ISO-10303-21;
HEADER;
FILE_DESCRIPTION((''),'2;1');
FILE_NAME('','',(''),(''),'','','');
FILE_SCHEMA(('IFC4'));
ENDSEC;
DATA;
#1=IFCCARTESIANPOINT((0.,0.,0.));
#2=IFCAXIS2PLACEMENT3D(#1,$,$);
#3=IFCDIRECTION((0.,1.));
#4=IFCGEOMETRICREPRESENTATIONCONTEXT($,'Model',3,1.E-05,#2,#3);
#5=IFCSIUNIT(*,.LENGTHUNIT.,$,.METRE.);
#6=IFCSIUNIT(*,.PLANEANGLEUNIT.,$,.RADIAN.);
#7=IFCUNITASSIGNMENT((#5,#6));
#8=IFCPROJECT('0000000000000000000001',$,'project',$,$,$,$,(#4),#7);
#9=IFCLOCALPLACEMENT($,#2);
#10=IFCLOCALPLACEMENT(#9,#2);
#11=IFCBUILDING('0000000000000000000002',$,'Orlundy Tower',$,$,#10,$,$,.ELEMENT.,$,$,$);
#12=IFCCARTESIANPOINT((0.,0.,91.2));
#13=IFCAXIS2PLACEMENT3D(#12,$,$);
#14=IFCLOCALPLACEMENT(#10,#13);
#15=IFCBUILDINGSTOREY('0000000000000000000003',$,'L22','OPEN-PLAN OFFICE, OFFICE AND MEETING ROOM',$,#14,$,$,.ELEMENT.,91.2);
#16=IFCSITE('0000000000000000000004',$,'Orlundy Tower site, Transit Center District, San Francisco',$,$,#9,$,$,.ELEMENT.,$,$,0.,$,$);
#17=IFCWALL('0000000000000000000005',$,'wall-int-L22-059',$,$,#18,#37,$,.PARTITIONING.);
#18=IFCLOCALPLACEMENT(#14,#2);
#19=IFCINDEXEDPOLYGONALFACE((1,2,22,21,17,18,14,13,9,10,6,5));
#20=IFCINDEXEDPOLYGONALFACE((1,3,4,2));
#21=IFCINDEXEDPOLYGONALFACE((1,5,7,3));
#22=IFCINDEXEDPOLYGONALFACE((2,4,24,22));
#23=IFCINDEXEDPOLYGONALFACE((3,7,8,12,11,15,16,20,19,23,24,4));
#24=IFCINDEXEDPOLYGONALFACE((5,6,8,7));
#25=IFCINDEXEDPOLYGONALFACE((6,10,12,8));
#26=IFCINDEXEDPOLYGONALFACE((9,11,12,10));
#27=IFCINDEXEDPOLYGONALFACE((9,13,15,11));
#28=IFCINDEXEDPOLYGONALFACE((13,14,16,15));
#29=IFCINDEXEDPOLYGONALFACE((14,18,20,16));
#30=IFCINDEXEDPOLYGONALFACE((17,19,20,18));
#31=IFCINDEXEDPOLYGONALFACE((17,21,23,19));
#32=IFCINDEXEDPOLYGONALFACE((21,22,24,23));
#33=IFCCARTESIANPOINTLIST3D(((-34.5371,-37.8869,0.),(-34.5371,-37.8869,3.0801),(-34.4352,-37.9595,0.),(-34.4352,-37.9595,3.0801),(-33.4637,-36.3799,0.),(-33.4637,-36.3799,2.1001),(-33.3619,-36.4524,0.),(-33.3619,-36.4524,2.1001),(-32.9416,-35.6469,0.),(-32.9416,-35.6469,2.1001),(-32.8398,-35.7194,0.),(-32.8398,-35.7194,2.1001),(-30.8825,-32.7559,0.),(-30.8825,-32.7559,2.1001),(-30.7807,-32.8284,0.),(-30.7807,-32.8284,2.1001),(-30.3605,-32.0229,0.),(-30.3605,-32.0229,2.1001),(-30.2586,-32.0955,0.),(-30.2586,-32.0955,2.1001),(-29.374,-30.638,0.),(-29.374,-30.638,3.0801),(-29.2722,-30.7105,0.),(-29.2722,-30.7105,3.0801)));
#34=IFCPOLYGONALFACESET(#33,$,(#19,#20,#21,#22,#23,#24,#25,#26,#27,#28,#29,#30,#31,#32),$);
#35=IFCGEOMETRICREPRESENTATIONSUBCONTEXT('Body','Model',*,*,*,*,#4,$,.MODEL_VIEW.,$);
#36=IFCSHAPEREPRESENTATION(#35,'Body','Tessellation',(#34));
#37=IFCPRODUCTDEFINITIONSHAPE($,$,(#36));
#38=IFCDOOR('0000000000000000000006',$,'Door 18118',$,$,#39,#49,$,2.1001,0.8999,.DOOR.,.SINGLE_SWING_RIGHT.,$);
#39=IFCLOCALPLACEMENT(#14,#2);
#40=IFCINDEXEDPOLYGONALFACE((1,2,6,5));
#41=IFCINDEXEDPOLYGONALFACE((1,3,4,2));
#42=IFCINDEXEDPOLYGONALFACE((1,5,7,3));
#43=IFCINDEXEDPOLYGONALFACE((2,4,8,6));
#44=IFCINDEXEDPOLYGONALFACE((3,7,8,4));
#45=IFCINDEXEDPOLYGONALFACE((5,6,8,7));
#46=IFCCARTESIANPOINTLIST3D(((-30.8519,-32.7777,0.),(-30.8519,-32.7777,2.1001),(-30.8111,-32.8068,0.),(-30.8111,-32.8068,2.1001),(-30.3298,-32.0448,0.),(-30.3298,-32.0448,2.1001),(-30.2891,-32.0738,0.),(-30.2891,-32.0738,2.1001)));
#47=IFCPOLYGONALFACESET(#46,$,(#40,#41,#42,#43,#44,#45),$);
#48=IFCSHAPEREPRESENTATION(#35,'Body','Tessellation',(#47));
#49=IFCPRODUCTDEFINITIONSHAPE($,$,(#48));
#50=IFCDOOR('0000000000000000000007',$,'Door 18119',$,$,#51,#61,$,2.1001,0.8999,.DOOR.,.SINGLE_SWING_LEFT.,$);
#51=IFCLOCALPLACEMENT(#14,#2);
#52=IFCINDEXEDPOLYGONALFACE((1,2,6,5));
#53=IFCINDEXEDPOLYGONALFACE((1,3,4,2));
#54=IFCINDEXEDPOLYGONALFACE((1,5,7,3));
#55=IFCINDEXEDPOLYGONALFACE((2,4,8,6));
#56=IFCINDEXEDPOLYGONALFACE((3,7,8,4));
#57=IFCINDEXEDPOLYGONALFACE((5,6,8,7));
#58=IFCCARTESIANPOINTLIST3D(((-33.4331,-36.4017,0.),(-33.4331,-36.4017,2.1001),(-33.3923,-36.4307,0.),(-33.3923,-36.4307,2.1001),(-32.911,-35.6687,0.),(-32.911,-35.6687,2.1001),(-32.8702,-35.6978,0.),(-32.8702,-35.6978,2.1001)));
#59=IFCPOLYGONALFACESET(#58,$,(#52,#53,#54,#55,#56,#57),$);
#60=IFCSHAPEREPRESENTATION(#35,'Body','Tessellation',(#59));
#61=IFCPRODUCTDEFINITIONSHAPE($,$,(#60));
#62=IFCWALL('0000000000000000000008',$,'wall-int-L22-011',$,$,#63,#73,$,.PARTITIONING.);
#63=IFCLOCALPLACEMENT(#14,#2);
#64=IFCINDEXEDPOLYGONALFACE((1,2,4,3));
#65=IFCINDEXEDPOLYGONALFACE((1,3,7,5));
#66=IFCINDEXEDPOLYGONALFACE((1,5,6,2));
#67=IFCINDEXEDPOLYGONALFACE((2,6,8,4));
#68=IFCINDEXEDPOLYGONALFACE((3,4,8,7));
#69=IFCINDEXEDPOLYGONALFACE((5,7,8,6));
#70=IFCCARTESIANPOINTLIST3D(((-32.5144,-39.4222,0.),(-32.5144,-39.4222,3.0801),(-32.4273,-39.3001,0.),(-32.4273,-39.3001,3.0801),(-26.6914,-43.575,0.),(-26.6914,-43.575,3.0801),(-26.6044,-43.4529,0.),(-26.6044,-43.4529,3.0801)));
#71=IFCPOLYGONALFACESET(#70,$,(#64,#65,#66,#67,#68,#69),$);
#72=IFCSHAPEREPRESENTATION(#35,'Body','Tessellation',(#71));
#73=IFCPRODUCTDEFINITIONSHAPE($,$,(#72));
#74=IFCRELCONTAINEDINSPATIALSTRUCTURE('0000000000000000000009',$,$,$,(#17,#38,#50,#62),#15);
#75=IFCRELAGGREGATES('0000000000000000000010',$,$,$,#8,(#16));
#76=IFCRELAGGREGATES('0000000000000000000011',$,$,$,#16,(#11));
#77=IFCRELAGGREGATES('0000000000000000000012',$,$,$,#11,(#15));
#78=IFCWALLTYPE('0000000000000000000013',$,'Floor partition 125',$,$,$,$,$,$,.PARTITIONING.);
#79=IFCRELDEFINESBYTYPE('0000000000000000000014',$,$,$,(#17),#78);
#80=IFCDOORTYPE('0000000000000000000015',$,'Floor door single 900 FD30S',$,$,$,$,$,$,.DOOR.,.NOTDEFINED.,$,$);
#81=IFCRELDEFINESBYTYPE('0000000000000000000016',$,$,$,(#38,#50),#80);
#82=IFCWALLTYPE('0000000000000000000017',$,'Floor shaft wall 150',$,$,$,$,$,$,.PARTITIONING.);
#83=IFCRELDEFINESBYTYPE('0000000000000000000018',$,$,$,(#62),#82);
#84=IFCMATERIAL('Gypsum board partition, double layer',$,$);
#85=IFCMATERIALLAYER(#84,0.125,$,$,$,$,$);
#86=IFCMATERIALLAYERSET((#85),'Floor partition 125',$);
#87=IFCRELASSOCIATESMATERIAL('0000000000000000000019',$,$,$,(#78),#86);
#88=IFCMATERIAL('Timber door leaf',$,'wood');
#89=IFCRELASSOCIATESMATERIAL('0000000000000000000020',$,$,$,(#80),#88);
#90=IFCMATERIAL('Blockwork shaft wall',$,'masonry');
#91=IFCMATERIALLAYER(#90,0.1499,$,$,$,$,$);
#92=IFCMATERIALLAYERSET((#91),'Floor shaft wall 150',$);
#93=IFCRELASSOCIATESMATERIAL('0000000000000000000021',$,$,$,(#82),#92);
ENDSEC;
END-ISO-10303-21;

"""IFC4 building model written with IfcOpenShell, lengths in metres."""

from ifc_helpers import new_model, si_unit, direction, frame, frame_2d, origin, place, context, subcontext, project, spatial, rectangle, extrude, material, layer, layer_set, type_object, element, fill, save


model = new_model("IFC4")

# Units and contexts
model_context = context("Model", 3, precision=1e-05, world=origin(), true_north=direction((0.0, 1.0)))
body_context = subcontext(model_context, "Body", "Model", "MODEL_VIEW")
ifc_project = project(units=[si_unit("LENGTHUNIT", "METRE"), si_unit("PLANEANGLEUNIT", "RADIAN")], contexts=[model_context])

# Site, building, storey
site_placement = place(None, origin())
site = spatial("IfcSite", under=ifc_project, at=site_placement, Name="Orlundy Tower site, Transit Center District, San Francisco", CompositionType="ELEMENT", RefElevation=0.0)
building_placement = place(site_placement, origin())
building = spatial("IfcBuilding", under=site, at=building_placement, Name="Orlundy Tower", CompositionType="ELEMENT")
storey_placement = place(building_placement, frame((0.0, 0.0, 91.2)))
storey = spatial("IfcBuildingStorey", under=building, at=storey_placement, Name="L22", Description="OPEN-PLAN OFFICE, OFFICE AND MEETING ROOM", CompositionType="ELEMENT", Elevation=91.2)

# Shared definitions
ifc_material_1 = material(Name="Gypsum board partition, double layer")
ifc_layer_1 = layer(ifc_material_1, 0.125)
ifc_layer_set_1 = layer_set([ifc_layer_1], Name="Floor partition 125")
wall_type_1 = type_object("IfcWallType", Name="Floor partition 125", PredefinedType="PARTITIONING", material=ifc_layer_set_1)

# Shared definitions
ifc_material_2 = material(Name="Timber door leaf", Category="wood")
door_type = type_object("IfcDoorType", Name="Floor door single 900 FD30S", OperationType="NOTDEFINED", PredefinedType="DOOR", material=ifc_material_2)

# Wall, openings, doors
wall_1_placement = place(storey_placement, frame((-34.4861, -37.9231, 0.0), z_axis=(0.0, 0.0, 1.0), x_axis=(0.580137, 0.814519, 0.0)))
wall_1 = element("IfcWall", 1, at=wall_1_placement, inside=storey, type_object=wall_type_1, Name="wall-int-L22-059", PredefinedType="PARTITIONING", context=body_context, shape_type="SweptSolid", body=[
    extrude(rectangle(XDim=8.8997, YDim=0.125, at=frame_2d((4.4497, 0.0))), origin(), (0.0, 0.0, 1.0), 3.0801),
])
opening_1_placement = place(wall_1_placement, frame((6.2993, 0.0, 0.0)))
opening_1 = element("IfcOpeningElement", 2, at=opening_1_placement, cuts=wall_1, PredefinedType="OPENING", context=body_context, shape_type="SweptSolid", body=[
    extrude(rectangle(XDim=0.8999, YDim=2.1001, at=frame_2d((0.45, 1.05))), frame((0.0, 0.0725, 0.0), z_axis=(0.0, -1.0, 0.0), x_axis=(1.0, 0.0, 0.0)), (0.0, 0.0, 1.0), 0.145),
])
opening_2_placement = place(wall_1_placement, frame((1.8501, 0.0, 0.0)))
opening_2 = element("IfcOpeningElement", 3, at=opening_2_placement, cuts=wall_1, PredefinedType="OPENING", context=body_context, shape_type="SweptSolid", body=[
    extrude(rectangle(XDim=0.8999, YDim=2.1001, at=frame_2d((0.45, 1.05))), frame((0.0, 0.0725, 0.0), z_axis=(0.0, -1.0, 0.0), x_axis=(1.0, 0.0, 0.0)), (0.0, 0.0, 1.0), 0.145),
])
door_1_placement = place(opening_1_placement, origin())
door_1 = element("IfcDoor", 4, at=door_1_placement, inside=storey, type_object=door_type, Name="Door 18118", OperationType="SINGLE_SWING_RIGHT", OverallHeight=2.1001, OverallWidth=0.8999, PredefinedType="DOOR", context=body_context, shape_type="SweptSolid", body=[
    extrude(rectangle(XDim=0.8999, YDim=2.1001, at=frame_2d((0.45, 1.05))), frame((0.0, 0.0249, 0.0), z_axis=(0.0, -1.0, 0.0), x_axis=(1.0, 0.0, 0.0)), (0.0, 0.0, 1.0), 0.05),
])
fill(opening_1, door_1)
door_2_placement = place(opening_2_placement, origin())
door_2 = element("IfcDoor", 5, at=door_2_placement, inside=storey, type_object=door_type, Name="Door 18119", OperationType="SINGLE_SWING_LEFT", OverallHeight=2.1001, OverallWidth=0.8999, PredefinedType="DOOR", context=body_context, shape_type="SweptSolid", body=[
    extrude(rectangle(XDim=0.8999, YDim=2.1001, at=frame_2d((0.45, 1.05))), frame((0.0, 0.0249, 0.0), z_axis=(0.0, -1.0, 0.0), x_axis=(1.0, 0.0, 0.0)), (0.0, 0.0, 1.0), 0.05),
])
fill(opening_2, door_2)

# Wall
ifc_material_3 = material(Name="Blockwork shaft wall", Category="masonry")
ifc_layer_2 = layer(ifc_material_3, 0.1499)
ifc_layer_set_2 = layer_set([ifc_layer_2], Name="Floor shaft wall 150")
wall_type_2 = type_object("IfcWallType", Name="Floor shaft wall 150", PredefinedType="PARTITIONING", material=ifc_layer_set_2)
wall_2_placement = place(storey_placement, frame((-32.4709, -39.3611, 0.0), z_axis=(0.0, 0.0, 1.0), x_axis=(0.81416, -0.580641, 0.0)))
element("IfcWall", 6, at=wall_2_placement, inside=storey, type_object=wall_type_2, Name="wall-int-L22-011", PredefinedType="PARTITIONING", context=body_context, shape_type="SweptSolid", body=[
    extrude(rectangle(XDim=7.1521, YDim=0.1499, at=frame_2d((3.5762, 0.0))), origin(), (0.0, 0.0, 1.0), 3.0801),
])

save(model, "model.ifc")
